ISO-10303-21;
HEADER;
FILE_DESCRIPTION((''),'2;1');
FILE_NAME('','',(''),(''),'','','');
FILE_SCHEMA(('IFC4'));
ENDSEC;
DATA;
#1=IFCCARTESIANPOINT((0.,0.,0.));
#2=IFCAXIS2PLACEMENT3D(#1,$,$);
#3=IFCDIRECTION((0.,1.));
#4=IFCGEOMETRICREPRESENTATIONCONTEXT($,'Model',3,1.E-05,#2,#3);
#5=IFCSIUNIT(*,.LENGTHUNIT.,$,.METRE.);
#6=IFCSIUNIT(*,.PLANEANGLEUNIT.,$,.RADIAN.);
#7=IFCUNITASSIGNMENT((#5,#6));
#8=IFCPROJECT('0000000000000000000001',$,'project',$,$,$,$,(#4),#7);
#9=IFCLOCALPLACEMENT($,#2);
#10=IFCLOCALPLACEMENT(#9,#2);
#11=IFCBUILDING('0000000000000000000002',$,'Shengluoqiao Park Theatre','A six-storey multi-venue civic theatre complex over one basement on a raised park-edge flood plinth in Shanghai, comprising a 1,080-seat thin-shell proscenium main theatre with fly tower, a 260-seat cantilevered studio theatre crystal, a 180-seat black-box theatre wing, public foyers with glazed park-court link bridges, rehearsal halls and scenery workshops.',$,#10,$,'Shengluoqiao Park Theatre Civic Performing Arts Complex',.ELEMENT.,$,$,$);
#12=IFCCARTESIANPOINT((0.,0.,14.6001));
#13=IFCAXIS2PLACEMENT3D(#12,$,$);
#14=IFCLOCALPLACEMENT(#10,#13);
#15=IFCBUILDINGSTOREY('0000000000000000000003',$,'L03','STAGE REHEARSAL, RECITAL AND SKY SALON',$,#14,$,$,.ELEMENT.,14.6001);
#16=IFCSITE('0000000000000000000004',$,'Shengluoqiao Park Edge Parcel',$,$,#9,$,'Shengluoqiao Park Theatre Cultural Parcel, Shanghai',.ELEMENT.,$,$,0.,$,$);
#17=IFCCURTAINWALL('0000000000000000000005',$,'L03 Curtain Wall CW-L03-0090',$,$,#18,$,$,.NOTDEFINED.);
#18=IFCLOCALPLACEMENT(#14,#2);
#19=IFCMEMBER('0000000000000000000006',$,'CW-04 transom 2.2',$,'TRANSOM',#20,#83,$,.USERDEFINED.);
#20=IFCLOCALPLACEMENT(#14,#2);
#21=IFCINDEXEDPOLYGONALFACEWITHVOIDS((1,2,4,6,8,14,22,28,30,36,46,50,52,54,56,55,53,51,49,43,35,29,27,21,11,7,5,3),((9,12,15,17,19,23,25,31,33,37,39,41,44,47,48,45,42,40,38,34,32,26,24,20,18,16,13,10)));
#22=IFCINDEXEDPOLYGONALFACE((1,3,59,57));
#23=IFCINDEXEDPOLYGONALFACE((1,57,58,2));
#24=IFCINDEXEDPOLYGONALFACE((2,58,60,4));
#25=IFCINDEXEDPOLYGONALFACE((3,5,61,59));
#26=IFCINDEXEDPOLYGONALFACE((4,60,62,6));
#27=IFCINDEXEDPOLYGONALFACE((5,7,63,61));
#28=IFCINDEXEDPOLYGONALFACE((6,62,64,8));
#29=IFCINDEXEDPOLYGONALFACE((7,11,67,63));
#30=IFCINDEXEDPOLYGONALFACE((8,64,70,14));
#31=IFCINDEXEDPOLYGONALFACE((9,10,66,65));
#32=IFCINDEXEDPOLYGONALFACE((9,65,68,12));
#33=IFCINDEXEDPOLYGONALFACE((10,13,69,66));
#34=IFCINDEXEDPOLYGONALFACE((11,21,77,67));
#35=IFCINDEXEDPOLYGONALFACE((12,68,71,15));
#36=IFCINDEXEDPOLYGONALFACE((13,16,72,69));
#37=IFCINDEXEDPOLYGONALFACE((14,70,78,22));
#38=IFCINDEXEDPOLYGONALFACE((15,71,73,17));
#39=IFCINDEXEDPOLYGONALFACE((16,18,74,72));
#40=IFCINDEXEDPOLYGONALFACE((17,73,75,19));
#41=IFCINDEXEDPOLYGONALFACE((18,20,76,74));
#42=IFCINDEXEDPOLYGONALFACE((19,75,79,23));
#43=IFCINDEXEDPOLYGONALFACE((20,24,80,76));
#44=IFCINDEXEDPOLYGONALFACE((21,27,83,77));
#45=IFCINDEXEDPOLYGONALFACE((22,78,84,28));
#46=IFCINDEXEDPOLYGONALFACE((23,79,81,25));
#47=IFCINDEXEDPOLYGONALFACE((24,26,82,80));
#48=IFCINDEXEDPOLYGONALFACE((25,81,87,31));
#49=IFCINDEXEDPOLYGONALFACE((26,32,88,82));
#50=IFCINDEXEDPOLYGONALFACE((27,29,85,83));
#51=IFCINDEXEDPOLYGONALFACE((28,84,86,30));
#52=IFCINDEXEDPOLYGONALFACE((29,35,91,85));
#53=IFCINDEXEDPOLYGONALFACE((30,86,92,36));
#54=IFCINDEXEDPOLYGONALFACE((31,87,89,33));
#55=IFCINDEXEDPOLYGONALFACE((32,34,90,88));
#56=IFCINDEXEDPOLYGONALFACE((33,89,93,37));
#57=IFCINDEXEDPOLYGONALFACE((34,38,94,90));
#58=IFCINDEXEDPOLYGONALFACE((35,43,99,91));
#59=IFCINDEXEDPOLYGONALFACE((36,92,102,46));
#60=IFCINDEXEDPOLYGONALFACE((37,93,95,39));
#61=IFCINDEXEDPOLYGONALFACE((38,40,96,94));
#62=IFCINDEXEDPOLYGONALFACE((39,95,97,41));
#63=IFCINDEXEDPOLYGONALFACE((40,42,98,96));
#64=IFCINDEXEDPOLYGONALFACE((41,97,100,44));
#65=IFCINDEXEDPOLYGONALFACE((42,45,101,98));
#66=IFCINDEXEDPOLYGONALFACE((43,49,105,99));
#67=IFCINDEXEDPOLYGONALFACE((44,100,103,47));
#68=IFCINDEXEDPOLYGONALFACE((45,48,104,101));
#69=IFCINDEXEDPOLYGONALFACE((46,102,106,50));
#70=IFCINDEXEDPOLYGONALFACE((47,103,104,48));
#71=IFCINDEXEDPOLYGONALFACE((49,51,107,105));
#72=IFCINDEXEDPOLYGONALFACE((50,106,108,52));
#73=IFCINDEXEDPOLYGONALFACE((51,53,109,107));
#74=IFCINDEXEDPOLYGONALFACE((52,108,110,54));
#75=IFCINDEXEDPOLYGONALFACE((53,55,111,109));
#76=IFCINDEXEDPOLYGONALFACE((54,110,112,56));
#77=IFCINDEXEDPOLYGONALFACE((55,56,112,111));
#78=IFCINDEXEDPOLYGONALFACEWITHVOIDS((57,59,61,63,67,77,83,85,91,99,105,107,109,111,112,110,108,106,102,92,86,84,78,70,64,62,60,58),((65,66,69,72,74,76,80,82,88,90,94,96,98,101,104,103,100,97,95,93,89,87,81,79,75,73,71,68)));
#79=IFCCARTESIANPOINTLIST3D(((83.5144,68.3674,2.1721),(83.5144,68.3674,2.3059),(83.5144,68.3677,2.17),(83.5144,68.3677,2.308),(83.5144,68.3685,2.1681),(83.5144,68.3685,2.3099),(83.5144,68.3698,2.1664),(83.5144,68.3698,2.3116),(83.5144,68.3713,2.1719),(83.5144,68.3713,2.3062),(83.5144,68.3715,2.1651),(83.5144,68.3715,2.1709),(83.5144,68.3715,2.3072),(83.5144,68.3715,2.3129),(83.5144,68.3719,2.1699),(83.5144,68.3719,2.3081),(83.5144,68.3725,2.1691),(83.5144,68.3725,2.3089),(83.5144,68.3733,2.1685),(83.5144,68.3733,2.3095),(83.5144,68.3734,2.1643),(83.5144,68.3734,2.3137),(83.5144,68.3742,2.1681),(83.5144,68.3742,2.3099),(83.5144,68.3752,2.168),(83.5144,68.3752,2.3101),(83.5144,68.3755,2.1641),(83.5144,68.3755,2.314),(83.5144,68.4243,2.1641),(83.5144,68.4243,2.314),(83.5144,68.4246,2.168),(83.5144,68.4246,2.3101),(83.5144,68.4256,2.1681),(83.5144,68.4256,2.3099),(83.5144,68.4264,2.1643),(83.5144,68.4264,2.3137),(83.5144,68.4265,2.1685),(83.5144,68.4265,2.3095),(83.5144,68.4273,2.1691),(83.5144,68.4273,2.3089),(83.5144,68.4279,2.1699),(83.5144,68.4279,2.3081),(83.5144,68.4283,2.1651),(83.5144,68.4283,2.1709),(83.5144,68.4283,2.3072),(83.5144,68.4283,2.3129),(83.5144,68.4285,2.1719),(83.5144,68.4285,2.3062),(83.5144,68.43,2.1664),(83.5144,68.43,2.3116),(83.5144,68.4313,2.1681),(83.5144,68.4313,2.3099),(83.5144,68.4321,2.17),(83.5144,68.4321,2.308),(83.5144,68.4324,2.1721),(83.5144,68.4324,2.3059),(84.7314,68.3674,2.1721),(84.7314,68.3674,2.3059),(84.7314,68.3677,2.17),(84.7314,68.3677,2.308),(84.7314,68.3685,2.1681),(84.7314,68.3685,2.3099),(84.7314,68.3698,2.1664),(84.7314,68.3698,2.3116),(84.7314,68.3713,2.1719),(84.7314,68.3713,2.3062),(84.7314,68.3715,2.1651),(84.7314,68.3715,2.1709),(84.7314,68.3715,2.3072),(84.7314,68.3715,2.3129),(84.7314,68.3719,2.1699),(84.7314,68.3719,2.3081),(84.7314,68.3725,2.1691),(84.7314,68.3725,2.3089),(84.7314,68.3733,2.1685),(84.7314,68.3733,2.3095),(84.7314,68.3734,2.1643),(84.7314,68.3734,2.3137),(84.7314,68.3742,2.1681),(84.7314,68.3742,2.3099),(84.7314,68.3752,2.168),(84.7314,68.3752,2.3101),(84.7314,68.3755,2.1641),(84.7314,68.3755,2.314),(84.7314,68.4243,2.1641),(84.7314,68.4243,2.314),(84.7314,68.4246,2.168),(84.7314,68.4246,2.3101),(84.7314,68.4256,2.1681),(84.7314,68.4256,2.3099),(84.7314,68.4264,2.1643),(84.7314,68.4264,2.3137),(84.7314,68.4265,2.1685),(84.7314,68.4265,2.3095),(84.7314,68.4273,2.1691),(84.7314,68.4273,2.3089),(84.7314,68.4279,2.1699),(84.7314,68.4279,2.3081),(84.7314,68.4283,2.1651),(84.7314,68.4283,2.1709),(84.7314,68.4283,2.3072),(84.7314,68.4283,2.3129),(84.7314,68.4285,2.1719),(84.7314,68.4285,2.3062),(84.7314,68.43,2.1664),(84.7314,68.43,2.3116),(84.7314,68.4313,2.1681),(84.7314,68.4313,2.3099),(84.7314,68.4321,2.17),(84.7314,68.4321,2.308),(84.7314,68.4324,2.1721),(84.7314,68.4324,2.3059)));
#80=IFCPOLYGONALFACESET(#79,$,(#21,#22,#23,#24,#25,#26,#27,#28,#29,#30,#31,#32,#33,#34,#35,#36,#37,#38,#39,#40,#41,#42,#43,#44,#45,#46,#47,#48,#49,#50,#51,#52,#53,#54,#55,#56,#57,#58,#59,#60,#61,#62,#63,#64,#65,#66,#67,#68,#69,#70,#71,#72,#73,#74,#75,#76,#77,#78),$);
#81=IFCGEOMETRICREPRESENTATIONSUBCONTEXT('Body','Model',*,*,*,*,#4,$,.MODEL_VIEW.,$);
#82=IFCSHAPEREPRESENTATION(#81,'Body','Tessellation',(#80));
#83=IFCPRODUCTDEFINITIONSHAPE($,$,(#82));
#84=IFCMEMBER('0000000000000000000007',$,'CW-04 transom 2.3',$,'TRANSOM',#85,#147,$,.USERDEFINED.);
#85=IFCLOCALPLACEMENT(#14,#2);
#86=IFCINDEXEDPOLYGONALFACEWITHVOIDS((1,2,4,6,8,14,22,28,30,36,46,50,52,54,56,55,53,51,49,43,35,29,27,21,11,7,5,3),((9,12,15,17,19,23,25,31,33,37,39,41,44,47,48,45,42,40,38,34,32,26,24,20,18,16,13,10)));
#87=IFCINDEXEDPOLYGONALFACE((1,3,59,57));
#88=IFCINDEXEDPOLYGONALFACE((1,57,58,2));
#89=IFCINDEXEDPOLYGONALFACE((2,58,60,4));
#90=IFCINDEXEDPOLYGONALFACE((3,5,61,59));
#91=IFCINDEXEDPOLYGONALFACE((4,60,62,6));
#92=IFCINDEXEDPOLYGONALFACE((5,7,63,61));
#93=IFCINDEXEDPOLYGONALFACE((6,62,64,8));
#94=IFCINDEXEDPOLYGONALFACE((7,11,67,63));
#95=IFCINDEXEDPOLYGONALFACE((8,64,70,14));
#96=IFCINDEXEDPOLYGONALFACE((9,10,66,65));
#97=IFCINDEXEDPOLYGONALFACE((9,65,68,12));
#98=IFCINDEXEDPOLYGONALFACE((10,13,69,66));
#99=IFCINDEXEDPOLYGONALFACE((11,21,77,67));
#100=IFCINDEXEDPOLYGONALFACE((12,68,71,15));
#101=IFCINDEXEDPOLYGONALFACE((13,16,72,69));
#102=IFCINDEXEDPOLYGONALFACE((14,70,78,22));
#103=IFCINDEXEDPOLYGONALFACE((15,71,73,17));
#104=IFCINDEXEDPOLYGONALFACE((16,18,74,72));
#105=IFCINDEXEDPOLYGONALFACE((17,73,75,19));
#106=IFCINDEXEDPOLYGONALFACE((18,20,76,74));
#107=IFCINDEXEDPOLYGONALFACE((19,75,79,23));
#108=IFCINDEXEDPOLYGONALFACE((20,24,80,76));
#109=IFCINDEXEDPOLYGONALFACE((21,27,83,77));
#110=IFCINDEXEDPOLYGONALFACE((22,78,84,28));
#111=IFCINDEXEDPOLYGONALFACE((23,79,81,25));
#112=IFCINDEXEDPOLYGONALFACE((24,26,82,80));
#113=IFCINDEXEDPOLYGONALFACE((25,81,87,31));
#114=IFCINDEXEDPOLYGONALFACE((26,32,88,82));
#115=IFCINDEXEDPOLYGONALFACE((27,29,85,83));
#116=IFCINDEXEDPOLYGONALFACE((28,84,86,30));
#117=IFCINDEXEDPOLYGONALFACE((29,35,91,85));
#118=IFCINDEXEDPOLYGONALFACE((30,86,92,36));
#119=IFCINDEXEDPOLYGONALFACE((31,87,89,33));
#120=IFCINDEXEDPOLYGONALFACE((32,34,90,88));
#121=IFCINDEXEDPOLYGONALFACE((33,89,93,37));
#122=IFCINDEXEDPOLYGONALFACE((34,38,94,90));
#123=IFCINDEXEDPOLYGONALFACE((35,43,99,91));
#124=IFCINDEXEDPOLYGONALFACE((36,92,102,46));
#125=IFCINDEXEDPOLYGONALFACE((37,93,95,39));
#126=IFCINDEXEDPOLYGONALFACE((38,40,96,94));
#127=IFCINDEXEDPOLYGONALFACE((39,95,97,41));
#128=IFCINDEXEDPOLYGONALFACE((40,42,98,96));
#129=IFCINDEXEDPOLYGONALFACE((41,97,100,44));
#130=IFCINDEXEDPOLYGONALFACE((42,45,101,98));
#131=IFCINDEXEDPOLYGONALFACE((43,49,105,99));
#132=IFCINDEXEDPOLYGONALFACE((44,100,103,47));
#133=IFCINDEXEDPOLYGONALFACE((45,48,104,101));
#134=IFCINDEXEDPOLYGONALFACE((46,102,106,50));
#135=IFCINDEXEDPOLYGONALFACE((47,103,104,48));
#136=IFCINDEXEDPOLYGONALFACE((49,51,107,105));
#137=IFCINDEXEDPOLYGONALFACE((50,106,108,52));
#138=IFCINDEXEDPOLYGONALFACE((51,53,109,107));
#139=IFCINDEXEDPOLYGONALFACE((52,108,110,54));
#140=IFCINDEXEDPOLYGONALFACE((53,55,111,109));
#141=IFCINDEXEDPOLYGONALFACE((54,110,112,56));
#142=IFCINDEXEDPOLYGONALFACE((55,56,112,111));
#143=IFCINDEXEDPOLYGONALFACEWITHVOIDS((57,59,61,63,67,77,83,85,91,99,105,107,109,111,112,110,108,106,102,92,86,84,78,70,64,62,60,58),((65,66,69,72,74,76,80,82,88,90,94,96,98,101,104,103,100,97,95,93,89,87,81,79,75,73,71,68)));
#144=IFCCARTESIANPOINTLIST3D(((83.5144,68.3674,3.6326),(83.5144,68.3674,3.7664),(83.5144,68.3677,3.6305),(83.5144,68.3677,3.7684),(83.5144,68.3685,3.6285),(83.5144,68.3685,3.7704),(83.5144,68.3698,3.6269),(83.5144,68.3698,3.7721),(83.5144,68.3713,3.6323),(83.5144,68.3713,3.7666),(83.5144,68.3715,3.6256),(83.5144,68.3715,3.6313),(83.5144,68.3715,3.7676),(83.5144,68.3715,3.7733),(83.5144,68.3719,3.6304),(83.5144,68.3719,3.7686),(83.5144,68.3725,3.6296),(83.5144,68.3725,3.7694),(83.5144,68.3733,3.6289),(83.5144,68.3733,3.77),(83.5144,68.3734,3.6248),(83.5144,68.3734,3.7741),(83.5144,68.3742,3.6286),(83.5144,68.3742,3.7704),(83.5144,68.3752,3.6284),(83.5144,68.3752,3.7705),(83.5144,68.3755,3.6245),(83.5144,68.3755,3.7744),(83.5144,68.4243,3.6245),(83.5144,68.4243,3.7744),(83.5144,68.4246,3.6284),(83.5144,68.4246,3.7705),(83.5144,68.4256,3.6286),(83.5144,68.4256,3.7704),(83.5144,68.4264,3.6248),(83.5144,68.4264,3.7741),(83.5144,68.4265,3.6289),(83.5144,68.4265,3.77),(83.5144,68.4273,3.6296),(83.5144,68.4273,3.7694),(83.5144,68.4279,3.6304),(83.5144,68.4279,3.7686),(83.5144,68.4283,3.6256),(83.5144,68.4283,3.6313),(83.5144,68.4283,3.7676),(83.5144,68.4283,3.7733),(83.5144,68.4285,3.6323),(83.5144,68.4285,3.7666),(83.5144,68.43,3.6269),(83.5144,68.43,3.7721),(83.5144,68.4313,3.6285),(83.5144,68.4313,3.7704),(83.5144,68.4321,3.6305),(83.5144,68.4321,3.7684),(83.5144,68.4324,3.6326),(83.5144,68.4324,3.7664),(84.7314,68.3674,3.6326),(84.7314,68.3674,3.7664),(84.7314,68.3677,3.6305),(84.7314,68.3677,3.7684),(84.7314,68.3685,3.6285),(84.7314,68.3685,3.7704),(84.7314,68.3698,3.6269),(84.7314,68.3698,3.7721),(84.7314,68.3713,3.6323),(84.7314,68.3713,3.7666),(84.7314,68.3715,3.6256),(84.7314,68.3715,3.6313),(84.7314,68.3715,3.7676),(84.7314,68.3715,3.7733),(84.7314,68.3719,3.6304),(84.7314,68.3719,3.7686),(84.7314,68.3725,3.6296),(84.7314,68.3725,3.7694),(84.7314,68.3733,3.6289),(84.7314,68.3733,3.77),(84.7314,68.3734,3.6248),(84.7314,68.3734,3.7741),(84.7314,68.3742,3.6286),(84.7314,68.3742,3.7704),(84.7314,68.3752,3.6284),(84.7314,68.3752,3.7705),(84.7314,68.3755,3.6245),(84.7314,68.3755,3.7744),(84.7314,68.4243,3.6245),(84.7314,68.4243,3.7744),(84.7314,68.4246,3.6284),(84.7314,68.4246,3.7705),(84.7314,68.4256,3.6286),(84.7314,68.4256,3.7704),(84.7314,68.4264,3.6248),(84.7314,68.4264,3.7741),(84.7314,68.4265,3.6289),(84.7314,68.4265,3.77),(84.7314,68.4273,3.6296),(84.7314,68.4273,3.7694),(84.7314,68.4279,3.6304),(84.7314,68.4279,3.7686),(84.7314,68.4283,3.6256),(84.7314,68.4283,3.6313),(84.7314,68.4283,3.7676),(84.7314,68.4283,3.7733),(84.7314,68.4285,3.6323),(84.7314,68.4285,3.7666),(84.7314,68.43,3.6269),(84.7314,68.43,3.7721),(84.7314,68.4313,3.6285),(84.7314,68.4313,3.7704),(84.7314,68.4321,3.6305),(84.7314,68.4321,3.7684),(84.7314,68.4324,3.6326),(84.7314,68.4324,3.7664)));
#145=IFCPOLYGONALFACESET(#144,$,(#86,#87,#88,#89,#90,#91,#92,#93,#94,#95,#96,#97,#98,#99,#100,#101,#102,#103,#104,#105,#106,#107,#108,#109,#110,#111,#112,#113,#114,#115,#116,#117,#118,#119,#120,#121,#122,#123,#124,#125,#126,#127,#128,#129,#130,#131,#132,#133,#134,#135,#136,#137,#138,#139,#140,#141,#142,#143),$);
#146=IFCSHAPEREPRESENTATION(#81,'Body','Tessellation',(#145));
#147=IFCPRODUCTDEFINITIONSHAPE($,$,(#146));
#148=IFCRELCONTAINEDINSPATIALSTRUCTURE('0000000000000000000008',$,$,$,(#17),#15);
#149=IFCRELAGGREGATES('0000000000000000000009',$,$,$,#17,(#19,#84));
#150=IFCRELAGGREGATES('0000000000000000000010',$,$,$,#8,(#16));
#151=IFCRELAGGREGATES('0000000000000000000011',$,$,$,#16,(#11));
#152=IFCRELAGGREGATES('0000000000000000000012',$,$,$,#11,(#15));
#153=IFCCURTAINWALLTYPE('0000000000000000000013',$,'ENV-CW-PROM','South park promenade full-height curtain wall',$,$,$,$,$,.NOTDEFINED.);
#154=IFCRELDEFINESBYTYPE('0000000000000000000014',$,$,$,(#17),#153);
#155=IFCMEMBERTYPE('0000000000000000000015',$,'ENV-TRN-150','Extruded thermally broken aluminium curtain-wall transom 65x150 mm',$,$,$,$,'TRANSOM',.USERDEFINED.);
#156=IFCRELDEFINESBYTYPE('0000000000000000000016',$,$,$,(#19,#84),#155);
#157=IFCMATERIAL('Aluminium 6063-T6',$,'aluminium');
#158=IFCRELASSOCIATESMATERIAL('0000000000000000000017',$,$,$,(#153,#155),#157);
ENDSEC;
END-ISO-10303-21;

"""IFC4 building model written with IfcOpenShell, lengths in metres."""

from ifc_helpers import new_model, si_unit, direction, frame, origin, origin_2d, place, context, subcontext, project, spatial, hollow_rectangle, extrude, material, material_profile, profile_set, type_object, element, aggregate, save


model = new_model("IFC4")

# Units and contexts
model_context = context("Model", 3, precision=1e-05, world=origin(), true_north=direction((0.0, 1.0)))
body_context = subcontext(model_context, "Body", "Model", "MODEL_VIEW")
ifc_project = project(units=[si_unit("LENGTHUNIT", "METRE"), si_unit("PLANEANGLEUNIT", "RADIAN")], contexts=[model_context])

# Site, building, storey
site_placement = place(None, origin())
site = spatial("IfcSite", under=ifc_project, at=site_placement, Name="Shengluoqiao Park Edge Parcel", LongName="Shengluoqiao Park Theatre Cultural Parcel, Shanghai", CompositionType="ELEMENT", RefElevation=0.0)
building_placement = place(site_placement, origin())
building = spatial("IfcBuilding", under=site, at=building_placement, Name="Shengluoqiao Park Theatre", Description="A six-storey multi-venue civic theatre complex over one basement on a raised park-edge flood plinth in Shanghai, comprising a 1,080-seat thin-shell proscenium main theatre with fly tower, a 260-seat cantilevered studio theatre crystal, a 180-seat black-box theatre wing, public foyers with glazed park-court link bridges, rehearsal halls and scenery workshops.", LongName="Shengluoqiao Park Theatre Civic Performing Arts Complex", CompositionType="ELEMENT")
storey_placement = place(building_placement, frame((0.0, 0.0, 14.6001)))
storey = spatial("IfcBuildingStorey", under=building, at=storey_placement, Name="L03", Description="STAGE REHEARSAL, RECITAL AND SKY SALON", CompositionType="ELEMENT", Elevation=14.6001)

# Shared definitions
ifc_material_1 = material(Name="Aluminium 6063-T6", Category="aluminium")
curtain_wall_type = type_object("IfcCurtainWallType", Name="ENV-CW-PROM", Description="South park promenade full-height curtain wall", PredefinedType="NOTDEFINED", material=ifc_material_1)

# Curtain wall
curtain_wall_1_placement = place(storey_placement, origin())
curtain_wall_1 = element("IfcCurtainWall", 1, at=curtain_wall_1_placement, inside=storey, type_object=curtain_wall_type, Name="L03 Curtain Wall CW-L03-0090", PredefinedType="NOTDEFINED")

# Members
ifc_material_profile_1 = material_profile(ifc_material_1, hollow_rectangle(XDim=0.0649, YDim=0.1499, WallThickness=0.0039, InnerFilletRadius=0.0039, OuterFilletRadius=0.0081, at=origin_2d()), Name="ALU TRANSOM 150x65x4")
ifc_profile_set_1 = profile_set([ifc_material_profile_1], Name="Aluminium 6063-T6")
member_type_1 = type_object("IfcMemberType", Name="ENV-TRN-150", Description="Extruded thermally broken aluminium curtain-wall transom 65x150 mm", ElementType="TRANSOM", PredefinedType="USERDEFINED", material=ifc_profile_set_1)
member_1_placement = place(storey_placement, frame((83.5144, 68.3999, 2.239), z_axis=(1.0, 0.0, 0.0), x_axis=(0.0, 1.0, 0.0)))
member_1 = element("IfcMember", 2, at=member_1_placement, type_object=member_type_1, Name="CW-04 transom 2.2", ObjectType="TRANSOM", PredefinedType="USERDEFINED", context=body_context, shape_type="SweptSolid", body=[
    extrude(hollow_rectangle(XDim=0.0649, YDim=0.1499, WallThickness=0.0039, InnerFilletRadius=0.0039, OuterFilletRadius=0.0081, at=origin_2d()), origin(), (0.0, 0.0, 1.0), 1.217),
])
member_2_placement = place(storey_placement, frame((83.5144, 68.3999, 3.6995), z_axis=(1.0, 0.0, 0.0), x_axis=(0.0, 1.0, 0.0)))
member_2 = element("IfcMember", 3, at=member_2_placement, type_object=member_type_1, Name="CW-04 transom 2.3", ObjectType="TRANSOM", PredefinedType="USERDEFINED", context=body_context, shape_type="SweptSolid", body=[
    extrude(hollow_rectangle(XDim=0.0649, YDim=0.1499, WallThickness=0.0039, InnerFilletRadius=0.0039, OuterFilletRadius=0.0081, at=origin_2d()), origin(), (0.0, 0.0, 1.0), 1.217),
])

aggregate(curtain_wall_1, [member_1, member_2])

save(model, "model.ifc")
